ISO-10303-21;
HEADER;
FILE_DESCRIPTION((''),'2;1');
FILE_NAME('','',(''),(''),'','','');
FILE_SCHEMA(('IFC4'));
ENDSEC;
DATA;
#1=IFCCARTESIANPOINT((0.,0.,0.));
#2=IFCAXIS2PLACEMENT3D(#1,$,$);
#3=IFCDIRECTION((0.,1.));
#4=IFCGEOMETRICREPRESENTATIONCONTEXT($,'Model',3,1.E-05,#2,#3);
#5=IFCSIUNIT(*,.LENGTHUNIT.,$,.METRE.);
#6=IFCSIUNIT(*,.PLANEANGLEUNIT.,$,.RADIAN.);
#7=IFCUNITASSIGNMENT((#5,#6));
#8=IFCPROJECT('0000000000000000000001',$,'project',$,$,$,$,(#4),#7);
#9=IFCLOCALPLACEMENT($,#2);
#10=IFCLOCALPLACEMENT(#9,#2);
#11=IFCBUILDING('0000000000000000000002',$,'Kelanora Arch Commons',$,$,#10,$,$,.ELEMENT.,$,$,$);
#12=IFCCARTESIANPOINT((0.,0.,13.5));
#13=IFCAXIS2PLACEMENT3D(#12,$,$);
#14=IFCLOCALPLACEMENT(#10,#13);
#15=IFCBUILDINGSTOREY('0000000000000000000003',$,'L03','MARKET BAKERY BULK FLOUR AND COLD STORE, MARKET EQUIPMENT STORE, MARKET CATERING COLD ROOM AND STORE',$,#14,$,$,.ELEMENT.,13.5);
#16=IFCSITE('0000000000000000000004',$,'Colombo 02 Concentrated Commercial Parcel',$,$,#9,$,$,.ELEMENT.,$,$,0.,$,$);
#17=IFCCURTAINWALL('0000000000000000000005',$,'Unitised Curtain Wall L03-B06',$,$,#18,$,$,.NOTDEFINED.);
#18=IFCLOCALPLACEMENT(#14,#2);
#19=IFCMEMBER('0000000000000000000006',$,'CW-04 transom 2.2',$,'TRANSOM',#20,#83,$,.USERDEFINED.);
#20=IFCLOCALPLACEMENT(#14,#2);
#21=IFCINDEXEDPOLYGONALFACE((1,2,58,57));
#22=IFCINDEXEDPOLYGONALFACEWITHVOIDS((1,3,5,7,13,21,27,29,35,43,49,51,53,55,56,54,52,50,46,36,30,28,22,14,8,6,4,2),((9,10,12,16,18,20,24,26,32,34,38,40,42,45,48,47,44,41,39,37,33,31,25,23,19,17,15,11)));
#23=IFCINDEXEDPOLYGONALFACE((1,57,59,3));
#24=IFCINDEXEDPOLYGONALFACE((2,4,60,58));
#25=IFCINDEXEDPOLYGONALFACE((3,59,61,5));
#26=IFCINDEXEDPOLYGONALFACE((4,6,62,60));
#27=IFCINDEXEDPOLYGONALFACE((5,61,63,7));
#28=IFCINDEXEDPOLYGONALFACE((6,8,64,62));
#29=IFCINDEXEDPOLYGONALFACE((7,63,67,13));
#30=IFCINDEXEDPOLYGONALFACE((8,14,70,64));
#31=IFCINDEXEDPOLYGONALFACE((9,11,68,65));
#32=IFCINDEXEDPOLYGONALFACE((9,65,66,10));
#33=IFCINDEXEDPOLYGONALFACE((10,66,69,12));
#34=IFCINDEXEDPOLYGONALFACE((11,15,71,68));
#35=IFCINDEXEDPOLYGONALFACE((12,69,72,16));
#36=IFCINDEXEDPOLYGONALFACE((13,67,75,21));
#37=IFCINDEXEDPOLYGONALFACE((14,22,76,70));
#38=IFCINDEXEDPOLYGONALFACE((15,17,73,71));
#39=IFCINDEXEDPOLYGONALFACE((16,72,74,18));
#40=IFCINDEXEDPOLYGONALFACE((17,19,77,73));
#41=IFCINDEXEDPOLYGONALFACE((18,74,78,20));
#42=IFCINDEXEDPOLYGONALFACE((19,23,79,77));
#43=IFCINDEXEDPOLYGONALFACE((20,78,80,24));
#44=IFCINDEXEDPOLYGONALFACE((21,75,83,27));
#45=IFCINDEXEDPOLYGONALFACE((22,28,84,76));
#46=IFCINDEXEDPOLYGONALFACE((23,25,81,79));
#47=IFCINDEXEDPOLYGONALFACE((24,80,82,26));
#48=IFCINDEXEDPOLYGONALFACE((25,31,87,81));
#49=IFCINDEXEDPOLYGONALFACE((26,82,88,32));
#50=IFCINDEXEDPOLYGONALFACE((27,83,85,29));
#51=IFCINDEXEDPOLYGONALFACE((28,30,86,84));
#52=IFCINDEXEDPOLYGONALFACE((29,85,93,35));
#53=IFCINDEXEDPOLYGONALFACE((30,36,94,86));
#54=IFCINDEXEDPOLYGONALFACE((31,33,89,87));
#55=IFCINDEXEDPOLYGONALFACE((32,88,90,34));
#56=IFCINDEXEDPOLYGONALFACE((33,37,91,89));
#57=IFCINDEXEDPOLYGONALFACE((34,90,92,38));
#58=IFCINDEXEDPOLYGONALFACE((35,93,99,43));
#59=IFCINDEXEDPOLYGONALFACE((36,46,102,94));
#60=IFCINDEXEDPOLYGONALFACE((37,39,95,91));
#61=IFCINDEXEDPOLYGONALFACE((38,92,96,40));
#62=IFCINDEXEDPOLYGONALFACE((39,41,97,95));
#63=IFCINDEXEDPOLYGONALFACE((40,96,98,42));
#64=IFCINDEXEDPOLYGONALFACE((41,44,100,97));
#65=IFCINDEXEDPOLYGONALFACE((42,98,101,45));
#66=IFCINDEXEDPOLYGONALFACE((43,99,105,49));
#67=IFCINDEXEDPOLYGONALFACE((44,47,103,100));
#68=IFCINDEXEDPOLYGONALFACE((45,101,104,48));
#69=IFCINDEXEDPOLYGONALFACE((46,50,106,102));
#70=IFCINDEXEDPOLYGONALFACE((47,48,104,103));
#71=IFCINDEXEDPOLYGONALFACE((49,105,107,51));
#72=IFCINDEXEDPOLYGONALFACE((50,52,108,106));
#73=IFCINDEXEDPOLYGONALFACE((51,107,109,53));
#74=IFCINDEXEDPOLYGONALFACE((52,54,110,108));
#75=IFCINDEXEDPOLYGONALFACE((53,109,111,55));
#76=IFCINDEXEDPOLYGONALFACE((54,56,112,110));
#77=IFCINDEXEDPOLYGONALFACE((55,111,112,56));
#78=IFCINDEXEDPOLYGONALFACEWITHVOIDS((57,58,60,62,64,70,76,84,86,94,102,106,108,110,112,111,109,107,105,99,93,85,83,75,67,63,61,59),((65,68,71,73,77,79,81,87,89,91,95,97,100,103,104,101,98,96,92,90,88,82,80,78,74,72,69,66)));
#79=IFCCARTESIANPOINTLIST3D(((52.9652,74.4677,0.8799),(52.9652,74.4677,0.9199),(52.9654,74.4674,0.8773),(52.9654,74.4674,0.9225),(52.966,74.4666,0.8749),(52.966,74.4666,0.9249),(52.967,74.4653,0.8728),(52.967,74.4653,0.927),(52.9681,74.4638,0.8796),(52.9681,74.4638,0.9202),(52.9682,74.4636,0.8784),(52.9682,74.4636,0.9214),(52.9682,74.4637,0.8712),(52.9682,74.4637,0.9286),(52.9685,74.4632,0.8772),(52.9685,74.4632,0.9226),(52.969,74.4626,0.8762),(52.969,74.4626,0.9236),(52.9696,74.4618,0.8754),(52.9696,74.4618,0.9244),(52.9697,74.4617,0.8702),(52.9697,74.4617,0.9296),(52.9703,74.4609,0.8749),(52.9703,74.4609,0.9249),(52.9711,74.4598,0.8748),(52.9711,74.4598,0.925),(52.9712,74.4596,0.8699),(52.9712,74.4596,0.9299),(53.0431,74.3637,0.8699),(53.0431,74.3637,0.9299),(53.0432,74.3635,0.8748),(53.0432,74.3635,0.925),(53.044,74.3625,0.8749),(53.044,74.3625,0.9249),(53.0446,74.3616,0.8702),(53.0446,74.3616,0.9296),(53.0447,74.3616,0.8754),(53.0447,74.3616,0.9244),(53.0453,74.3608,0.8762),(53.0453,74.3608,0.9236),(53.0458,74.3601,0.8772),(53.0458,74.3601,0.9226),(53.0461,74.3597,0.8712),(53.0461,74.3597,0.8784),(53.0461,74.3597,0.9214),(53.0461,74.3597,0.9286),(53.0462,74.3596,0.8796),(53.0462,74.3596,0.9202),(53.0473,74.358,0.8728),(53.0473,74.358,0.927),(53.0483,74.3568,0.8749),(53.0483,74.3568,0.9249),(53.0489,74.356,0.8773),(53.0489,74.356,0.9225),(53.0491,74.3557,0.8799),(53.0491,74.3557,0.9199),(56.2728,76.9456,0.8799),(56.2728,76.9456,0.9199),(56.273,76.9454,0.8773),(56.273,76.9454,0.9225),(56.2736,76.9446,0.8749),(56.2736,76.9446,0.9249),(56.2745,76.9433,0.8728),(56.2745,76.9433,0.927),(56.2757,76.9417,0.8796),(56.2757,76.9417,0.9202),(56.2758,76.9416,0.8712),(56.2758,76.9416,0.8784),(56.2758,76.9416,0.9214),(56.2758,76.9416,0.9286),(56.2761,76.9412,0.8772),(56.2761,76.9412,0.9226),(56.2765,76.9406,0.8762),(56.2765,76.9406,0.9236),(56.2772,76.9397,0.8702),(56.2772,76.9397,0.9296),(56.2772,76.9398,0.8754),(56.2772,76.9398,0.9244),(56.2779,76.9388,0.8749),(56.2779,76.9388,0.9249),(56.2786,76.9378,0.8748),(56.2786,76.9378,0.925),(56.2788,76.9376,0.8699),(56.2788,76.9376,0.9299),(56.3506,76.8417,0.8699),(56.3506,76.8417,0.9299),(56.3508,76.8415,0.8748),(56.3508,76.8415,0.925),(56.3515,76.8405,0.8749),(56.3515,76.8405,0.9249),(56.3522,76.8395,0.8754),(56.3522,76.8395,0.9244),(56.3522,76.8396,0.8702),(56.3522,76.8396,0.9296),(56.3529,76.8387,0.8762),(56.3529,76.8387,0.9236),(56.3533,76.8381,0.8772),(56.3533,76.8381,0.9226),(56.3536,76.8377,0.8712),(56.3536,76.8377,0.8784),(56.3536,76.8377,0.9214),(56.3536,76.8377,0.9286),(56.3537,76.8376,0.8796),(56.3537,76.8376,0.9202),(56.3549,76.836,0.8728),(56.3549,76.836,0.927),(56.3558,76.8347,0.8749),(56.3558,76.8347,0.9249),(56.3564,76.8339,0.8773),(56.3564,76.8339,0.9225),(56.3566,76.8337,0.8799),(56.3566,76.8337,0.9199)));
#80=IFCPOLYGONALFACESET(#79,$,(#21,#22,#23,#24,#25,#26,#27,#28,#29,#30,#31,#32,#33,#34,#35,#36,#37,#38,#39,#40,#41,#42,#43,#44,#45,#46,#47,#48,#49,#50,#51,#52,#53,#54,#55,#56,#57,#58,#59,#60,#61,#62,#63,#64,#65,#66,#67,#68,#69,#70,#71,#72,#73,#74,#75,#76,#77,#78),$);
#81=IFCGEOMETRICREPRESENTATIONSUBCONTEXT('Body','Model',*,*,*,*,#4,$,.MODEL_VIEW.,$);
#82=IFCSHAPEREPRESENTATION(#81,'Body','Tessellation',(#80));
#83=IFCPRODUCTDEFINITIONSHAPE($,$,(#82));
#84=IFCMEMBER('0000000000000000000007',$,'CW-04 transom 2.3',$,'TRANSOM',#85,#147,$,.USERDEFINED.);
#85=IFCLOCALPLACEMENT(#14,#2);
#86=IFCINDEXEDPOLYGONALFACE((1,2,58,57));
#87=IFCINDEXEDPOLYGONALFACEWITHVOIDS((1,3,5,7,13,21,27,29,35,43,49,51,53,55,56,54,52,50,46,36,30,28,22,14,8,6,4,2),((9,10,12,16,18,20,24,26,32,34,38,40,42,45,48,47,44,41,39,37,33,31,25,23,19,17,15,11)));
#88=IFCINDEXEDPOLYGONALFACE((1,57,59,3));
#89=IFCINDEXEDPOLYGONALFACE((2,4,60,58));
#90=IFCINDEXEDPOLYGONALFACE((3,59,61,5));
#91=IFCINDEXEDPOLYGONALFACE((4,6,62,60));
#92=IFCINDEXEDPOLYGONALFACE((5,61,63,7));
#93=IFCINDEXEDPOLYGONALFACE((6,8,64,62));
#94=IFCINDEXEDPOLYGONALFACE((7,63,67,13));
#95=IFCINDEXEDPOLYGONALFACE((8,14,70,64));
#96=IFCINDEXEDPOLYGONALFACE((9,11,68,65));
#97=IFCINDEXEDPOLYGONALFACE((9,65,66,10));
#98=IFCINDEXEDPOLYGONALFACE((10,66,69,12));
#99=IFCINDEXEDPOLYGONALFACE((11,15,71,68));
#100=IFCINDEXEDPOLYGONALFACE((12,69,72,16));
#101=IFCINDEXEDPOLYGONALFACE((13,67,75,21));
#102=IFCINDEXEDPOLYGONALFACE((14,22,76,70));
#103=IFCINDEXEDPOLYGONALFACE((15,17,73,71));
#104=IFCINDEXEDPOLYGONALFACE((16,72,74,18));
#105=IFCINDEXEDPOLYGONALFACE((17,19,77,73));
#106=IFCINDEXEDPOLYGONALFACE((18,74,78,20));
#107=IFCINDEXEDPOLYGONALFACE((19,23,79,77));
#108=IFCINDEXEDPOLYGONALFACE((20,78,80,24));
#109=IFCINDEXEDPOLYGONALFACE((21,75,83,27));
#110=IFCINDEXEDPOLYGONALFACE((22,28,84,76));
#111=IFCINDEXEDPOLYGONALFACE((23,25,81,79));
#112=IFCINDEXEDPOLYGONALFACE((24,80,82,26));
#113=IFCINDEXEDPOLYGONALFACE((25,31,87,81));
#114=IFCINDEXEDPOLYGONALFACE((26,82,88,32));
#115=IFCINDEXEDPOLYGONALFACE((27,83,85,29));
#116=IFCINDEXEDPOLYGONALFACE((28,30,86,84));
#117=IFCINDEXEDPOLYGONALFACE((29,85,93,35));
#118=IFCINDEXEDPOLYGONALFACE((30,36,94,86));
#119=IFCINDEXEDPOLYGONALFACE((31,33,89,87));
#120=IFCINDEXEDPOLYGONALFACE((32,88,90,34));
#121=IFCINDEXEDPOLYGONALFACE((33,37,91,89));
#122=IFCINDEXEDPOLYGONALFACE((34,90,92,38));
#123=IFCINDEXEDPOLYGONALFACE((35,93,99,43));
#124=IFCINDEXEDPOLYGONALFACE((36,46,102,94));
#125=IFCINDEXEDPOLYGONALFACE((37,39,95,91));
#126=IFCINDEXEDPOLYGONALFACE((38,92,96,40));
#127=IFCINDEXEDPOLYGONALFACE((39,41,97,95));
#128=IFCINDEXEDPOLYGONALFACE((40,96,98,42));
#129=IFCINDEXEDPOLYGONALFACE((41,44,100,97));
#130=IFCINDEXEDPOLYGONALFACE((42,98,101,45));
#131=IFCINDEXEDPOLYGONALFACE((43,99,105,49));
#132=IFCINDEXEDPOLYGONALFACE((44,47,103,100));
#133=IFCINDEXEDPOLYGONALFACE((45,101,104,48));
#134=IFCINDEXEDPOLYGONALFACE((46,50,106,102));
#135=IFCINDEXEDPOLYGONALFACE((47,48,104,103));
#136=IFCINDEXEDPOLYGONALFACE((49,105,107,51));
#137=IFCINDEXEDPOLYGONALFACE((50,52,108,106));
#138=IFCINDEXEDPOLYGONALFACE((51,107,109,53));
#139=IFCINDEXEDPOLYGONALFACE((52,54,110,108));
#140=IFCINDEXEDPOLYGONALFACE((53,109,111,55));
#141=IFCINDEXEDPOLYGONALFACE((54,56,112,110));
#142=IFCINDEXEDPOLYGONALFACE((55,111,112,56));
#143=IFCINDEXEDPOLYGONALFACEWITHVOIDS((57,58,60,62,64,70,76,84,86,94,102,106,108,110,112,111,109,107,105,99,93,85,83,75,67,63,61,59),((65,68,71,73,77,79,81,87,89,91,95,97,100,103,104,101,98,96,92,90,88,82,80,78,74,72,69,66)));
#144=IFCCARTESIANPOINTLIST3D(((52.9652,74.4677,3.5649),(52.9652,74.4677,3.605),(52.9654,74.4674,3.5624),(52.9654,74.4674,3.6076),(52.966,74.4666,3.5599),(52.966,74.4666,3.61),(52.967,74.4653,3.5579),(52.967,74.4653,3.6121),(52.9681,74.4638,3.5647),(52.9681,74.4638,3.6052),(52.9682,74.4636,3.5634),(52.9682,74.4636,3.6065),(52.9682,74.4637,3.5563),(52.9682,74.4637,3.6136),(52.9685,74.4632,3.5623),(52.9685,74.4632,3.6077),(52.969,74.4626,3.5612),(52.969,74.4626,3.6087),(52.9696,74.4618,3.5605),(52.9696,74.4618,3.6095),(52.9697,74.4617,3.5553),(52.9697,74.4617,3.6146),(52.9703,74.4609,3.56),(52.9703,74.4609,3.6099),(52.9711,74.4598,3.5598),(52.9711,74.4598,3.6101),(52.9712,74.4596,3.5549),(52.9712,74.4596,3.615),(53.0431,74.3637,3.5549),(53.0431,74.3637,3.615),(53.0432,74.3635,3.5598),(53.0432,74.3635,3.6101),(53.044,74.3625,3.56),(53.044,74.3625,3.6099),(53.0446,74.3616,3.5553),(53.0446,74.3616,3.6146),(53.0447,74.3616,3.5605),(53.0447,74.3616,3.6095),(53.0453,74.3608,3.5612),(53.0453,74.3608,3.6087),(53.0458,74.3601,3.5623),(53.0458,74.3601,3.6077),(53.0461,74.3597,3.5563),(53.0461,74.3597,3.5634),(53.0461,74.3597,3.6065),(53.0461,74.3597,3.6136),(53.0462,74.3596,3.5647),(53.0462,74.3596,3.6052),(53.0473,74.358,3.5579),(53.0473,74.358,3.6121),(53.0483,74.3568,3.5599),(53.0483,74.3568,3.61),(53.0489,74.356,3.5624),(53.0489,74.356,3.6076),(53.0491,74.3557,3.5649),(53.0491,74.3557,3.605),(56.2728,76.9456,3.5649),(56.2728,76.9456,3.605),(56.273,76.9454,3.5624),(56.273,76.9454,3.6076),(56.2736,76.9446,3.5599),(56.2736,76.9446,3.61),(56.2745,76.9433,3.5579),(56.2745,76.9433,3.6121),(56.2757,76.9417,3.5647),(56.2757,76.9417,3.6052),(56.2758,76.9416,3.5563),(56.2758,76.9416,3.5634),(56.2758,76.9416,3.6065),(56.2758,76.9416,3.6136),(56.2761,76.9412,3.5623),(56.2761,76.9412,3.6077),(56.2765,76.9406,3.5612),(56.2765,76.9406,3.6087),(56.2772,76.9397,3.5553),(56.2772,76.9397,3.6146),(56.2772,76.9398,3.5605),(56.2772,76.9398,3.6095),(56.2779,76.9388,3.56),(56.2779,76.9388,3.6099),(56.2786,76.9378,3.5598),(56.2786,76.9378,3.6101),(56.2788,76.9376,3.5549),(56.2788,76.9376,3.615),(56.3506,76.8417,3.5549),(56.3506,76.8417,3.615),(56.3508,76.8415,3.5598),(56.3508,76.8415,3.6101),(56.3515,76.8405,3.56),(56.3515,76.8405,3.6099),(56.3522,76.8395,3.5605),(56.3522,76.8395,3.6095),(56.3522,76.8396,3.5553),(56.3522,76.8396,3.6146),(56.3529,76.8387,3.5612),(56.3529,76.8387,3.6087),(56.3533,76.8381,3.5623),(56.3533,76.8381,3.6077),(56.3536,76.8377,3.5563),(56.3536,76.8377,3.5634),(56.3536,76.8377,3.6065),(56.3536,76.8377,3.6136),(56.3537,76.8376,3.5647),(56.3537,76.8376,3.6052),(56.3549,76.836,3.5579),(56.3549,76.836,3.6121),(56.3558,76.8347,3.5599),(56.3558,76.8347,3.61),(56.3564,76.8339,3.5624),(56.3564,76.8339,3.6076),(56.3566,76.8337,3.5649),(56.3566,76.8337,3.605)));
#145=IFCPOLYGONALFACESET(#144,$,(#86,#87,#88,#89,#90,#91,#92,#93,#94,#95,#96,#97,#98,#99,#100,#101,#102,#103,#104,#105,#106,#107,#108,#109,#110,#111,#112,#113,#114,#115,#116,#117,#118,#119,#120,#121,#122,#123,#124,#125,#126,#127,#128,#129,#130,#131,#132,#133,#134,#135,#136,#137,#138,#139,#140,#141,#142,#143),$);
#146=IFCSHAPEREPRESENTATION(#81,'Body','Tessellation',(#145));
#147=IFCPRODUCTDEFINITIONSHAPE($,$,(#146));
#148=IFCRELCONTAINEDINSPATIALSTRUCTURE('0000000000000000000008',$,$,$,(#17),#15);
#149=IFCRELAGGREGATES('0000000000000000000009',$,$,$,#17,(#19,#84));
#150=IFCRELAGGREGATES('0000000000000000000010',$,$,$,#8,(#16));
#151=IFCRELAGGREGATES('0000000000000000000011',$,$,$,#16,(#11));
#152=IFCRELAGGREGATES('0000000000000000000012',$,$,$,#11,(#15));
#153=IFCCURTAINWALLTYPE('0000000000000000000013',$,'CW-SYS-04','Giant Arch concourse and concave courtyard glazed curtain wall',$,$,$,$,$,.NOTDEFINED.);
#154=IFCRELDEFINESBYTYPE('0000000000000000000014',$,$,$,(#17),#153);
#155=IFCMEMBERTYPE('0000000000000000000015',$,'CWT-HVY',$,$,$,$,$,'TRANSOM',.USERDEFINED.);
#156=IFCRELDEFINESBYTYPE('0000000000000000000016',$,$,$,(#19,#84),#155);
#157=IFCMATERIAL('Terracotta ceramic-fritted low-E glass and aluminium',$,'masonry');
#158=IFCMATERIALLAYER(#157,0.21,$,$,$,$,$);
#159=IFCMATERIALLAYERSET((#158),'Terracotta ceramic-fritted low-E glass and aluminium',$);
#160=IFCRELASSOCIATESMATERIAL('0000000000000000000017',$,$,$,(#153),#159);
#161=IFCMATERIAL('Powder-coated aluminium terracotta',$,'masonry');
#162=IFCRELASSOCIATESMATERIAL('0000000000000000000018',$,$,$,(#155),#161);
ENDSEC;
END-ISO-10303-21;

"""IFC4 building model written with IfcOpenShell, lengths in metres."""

from ifc_helpers import new_model, si_unit, direction, frame, origin, origin_2d, place, context, subcontext, project, spatial, hollow_rectangle, extrude, material, layer, layer_set, material_profile, profile_set, type_object, element, aggregate, save


model = new_model("IFC4")

# Units and contexts
model_context = context("Model", 3, precision=1e-05, world=origin(), true_north=direction((0.0, 1.0)))
body_context = subcontext(model_context, "Body", "Model", "MODEL_VIEW")
ifc_project = project(units=[si_unit("LENGTHUNIT", "METRE"), si_unit("PLANEANGLEUNIT", "RADIAN")], contexts=[model_context])

# Site, building, storey
site_placement = place(None, origin())
site = spatial("IfcSite", under=ifc_project, at=site_placement, Name="Colombo 02 Concentrated Commercial Parcel", CompositionType="ELEMENT", RefElevation=0.0)
building_placement = place(site_placement, origin())
building = spatial("IfcBuilding", under=site, at=building_placement, Name="Kelanora Arch Commons", CompositionType="ELEMENT")
storey_placement = place(building_placement, frame((0.0, 0.0, 13.5)))
storey = spatial("IfcBuildingStorey", under=building, at=storey_placement, Name="L03", Description="MARKET BAKERY BULK FLOUR AND COLD STORE, MARKET EQUIPMENT STORE, MARKET CATERING COLD ROOM AND STORE", CompositionType="ELEMENT", Elevation=13.5)

# Shared definitions
ifc_material_1 = material(Name="Terracotta ceramic-fritted low-E glass and aluminium", Category="masonry")
ifc_layer_1 = layer(ifc_material_1, 0.21)
ifc_layer_set_1 = layer_set([ifc_layer_1], Name="Terracotta ceramic-fritted low-E glass and aluminium")
curtain_wall_type = type_object("IfcCurtainWallType", Name="CW-SYS-04", Description="Giant Arch concourse and concave courtyard glazed curtain wall", PredefinedType="NOTDEFINED", material=ifc_layer_set_1)
ifc_material_2 = material(Name="Powder-coated aluminium terracotta", Category="masonry")

# Curtain wall
curtain_wall_1_placement = place(storey_placement, origin())
curtain_wall_1 = element("IfcCurtainWall", 1, at=curtain_wall_1_placement, inside=storey, type_object=curtain_wall_type, Name="Unitised Curtain Wall L03-B06", PredefinedType="NOTDEFINED")

# Members
ifc_material_profile_1 = material_profile(ifc_material_2, hollow_rectangle(XDim=0.1399, YDim=0.0601, WallThickness=0.0049, InnerFilletRadius=0.0049, OuterFilletRadius=0.01, at=origin_2d()), Name="CWT140x60")
ifc_profile_set_1 = profile_set([ifc_material_profile_1], Name="Powder-coated aluminium terracotta")
member_type_1 = type_object("IfcMemberType", Name="CWT-HVY", ElementType="TRANSOM", PredefinedType="USERDEFINED", material=ifc_profile_set_1)
member_1_placement = place(storey_placement, frame((56.3147, 76.8896, 0.8999), z_axis=(-0.800312, -0.599584, 0.0), x_axis=(0.599584, -0.800312, 0.0)))
member_1 = element("IfcMember", 2, at=member_1_placement, type_object=member_type_1, Name="CW-04 transom 2.2", ObjectType="TRANSOM", PredefinedType="USERDEFINED", context=body_context, shape_type="SweptSolid", body=[
    extrude(hollow_rectangle(XDim=0.1399, YDim=0.0601, WallThickness=0.0049, InnerFilletRadius=0.0049, OuterFilletRadius=0.01, at=origin_2d()), origin(), (0.0, 0.0, 1.0), 4.1328),
])
member_2_placement = place(storey_placement, frame((56.3147, 76.8896, 3.585), z_axis=(-0.800312, -0.599584, 0.0), x_axis=(0.599584, -0.800312, 0.0)))
member_2 = element("IfcMember", 3, at=member_2_placement, type_object=member_type_1, Name="CW-04 transom 2.3", ObjectType="TRANSOM", PredefinedType="USERDEFINED", context=body_context, shape_type="SweptSolid", body=[
    extrude(hollow_rectangle(XDim=0.1399, YDim=0.0601, WallThickness=0.0049, InnerFilletRadius=0.0049, OuterFilletRadius=0.01, at=origin_2d()), origin(), (0.0, 0.0, 1.0), 4.1328),
])

aggregate(curtain_wall_1, [member_1, member_2])

save(model, "model.ifc")
